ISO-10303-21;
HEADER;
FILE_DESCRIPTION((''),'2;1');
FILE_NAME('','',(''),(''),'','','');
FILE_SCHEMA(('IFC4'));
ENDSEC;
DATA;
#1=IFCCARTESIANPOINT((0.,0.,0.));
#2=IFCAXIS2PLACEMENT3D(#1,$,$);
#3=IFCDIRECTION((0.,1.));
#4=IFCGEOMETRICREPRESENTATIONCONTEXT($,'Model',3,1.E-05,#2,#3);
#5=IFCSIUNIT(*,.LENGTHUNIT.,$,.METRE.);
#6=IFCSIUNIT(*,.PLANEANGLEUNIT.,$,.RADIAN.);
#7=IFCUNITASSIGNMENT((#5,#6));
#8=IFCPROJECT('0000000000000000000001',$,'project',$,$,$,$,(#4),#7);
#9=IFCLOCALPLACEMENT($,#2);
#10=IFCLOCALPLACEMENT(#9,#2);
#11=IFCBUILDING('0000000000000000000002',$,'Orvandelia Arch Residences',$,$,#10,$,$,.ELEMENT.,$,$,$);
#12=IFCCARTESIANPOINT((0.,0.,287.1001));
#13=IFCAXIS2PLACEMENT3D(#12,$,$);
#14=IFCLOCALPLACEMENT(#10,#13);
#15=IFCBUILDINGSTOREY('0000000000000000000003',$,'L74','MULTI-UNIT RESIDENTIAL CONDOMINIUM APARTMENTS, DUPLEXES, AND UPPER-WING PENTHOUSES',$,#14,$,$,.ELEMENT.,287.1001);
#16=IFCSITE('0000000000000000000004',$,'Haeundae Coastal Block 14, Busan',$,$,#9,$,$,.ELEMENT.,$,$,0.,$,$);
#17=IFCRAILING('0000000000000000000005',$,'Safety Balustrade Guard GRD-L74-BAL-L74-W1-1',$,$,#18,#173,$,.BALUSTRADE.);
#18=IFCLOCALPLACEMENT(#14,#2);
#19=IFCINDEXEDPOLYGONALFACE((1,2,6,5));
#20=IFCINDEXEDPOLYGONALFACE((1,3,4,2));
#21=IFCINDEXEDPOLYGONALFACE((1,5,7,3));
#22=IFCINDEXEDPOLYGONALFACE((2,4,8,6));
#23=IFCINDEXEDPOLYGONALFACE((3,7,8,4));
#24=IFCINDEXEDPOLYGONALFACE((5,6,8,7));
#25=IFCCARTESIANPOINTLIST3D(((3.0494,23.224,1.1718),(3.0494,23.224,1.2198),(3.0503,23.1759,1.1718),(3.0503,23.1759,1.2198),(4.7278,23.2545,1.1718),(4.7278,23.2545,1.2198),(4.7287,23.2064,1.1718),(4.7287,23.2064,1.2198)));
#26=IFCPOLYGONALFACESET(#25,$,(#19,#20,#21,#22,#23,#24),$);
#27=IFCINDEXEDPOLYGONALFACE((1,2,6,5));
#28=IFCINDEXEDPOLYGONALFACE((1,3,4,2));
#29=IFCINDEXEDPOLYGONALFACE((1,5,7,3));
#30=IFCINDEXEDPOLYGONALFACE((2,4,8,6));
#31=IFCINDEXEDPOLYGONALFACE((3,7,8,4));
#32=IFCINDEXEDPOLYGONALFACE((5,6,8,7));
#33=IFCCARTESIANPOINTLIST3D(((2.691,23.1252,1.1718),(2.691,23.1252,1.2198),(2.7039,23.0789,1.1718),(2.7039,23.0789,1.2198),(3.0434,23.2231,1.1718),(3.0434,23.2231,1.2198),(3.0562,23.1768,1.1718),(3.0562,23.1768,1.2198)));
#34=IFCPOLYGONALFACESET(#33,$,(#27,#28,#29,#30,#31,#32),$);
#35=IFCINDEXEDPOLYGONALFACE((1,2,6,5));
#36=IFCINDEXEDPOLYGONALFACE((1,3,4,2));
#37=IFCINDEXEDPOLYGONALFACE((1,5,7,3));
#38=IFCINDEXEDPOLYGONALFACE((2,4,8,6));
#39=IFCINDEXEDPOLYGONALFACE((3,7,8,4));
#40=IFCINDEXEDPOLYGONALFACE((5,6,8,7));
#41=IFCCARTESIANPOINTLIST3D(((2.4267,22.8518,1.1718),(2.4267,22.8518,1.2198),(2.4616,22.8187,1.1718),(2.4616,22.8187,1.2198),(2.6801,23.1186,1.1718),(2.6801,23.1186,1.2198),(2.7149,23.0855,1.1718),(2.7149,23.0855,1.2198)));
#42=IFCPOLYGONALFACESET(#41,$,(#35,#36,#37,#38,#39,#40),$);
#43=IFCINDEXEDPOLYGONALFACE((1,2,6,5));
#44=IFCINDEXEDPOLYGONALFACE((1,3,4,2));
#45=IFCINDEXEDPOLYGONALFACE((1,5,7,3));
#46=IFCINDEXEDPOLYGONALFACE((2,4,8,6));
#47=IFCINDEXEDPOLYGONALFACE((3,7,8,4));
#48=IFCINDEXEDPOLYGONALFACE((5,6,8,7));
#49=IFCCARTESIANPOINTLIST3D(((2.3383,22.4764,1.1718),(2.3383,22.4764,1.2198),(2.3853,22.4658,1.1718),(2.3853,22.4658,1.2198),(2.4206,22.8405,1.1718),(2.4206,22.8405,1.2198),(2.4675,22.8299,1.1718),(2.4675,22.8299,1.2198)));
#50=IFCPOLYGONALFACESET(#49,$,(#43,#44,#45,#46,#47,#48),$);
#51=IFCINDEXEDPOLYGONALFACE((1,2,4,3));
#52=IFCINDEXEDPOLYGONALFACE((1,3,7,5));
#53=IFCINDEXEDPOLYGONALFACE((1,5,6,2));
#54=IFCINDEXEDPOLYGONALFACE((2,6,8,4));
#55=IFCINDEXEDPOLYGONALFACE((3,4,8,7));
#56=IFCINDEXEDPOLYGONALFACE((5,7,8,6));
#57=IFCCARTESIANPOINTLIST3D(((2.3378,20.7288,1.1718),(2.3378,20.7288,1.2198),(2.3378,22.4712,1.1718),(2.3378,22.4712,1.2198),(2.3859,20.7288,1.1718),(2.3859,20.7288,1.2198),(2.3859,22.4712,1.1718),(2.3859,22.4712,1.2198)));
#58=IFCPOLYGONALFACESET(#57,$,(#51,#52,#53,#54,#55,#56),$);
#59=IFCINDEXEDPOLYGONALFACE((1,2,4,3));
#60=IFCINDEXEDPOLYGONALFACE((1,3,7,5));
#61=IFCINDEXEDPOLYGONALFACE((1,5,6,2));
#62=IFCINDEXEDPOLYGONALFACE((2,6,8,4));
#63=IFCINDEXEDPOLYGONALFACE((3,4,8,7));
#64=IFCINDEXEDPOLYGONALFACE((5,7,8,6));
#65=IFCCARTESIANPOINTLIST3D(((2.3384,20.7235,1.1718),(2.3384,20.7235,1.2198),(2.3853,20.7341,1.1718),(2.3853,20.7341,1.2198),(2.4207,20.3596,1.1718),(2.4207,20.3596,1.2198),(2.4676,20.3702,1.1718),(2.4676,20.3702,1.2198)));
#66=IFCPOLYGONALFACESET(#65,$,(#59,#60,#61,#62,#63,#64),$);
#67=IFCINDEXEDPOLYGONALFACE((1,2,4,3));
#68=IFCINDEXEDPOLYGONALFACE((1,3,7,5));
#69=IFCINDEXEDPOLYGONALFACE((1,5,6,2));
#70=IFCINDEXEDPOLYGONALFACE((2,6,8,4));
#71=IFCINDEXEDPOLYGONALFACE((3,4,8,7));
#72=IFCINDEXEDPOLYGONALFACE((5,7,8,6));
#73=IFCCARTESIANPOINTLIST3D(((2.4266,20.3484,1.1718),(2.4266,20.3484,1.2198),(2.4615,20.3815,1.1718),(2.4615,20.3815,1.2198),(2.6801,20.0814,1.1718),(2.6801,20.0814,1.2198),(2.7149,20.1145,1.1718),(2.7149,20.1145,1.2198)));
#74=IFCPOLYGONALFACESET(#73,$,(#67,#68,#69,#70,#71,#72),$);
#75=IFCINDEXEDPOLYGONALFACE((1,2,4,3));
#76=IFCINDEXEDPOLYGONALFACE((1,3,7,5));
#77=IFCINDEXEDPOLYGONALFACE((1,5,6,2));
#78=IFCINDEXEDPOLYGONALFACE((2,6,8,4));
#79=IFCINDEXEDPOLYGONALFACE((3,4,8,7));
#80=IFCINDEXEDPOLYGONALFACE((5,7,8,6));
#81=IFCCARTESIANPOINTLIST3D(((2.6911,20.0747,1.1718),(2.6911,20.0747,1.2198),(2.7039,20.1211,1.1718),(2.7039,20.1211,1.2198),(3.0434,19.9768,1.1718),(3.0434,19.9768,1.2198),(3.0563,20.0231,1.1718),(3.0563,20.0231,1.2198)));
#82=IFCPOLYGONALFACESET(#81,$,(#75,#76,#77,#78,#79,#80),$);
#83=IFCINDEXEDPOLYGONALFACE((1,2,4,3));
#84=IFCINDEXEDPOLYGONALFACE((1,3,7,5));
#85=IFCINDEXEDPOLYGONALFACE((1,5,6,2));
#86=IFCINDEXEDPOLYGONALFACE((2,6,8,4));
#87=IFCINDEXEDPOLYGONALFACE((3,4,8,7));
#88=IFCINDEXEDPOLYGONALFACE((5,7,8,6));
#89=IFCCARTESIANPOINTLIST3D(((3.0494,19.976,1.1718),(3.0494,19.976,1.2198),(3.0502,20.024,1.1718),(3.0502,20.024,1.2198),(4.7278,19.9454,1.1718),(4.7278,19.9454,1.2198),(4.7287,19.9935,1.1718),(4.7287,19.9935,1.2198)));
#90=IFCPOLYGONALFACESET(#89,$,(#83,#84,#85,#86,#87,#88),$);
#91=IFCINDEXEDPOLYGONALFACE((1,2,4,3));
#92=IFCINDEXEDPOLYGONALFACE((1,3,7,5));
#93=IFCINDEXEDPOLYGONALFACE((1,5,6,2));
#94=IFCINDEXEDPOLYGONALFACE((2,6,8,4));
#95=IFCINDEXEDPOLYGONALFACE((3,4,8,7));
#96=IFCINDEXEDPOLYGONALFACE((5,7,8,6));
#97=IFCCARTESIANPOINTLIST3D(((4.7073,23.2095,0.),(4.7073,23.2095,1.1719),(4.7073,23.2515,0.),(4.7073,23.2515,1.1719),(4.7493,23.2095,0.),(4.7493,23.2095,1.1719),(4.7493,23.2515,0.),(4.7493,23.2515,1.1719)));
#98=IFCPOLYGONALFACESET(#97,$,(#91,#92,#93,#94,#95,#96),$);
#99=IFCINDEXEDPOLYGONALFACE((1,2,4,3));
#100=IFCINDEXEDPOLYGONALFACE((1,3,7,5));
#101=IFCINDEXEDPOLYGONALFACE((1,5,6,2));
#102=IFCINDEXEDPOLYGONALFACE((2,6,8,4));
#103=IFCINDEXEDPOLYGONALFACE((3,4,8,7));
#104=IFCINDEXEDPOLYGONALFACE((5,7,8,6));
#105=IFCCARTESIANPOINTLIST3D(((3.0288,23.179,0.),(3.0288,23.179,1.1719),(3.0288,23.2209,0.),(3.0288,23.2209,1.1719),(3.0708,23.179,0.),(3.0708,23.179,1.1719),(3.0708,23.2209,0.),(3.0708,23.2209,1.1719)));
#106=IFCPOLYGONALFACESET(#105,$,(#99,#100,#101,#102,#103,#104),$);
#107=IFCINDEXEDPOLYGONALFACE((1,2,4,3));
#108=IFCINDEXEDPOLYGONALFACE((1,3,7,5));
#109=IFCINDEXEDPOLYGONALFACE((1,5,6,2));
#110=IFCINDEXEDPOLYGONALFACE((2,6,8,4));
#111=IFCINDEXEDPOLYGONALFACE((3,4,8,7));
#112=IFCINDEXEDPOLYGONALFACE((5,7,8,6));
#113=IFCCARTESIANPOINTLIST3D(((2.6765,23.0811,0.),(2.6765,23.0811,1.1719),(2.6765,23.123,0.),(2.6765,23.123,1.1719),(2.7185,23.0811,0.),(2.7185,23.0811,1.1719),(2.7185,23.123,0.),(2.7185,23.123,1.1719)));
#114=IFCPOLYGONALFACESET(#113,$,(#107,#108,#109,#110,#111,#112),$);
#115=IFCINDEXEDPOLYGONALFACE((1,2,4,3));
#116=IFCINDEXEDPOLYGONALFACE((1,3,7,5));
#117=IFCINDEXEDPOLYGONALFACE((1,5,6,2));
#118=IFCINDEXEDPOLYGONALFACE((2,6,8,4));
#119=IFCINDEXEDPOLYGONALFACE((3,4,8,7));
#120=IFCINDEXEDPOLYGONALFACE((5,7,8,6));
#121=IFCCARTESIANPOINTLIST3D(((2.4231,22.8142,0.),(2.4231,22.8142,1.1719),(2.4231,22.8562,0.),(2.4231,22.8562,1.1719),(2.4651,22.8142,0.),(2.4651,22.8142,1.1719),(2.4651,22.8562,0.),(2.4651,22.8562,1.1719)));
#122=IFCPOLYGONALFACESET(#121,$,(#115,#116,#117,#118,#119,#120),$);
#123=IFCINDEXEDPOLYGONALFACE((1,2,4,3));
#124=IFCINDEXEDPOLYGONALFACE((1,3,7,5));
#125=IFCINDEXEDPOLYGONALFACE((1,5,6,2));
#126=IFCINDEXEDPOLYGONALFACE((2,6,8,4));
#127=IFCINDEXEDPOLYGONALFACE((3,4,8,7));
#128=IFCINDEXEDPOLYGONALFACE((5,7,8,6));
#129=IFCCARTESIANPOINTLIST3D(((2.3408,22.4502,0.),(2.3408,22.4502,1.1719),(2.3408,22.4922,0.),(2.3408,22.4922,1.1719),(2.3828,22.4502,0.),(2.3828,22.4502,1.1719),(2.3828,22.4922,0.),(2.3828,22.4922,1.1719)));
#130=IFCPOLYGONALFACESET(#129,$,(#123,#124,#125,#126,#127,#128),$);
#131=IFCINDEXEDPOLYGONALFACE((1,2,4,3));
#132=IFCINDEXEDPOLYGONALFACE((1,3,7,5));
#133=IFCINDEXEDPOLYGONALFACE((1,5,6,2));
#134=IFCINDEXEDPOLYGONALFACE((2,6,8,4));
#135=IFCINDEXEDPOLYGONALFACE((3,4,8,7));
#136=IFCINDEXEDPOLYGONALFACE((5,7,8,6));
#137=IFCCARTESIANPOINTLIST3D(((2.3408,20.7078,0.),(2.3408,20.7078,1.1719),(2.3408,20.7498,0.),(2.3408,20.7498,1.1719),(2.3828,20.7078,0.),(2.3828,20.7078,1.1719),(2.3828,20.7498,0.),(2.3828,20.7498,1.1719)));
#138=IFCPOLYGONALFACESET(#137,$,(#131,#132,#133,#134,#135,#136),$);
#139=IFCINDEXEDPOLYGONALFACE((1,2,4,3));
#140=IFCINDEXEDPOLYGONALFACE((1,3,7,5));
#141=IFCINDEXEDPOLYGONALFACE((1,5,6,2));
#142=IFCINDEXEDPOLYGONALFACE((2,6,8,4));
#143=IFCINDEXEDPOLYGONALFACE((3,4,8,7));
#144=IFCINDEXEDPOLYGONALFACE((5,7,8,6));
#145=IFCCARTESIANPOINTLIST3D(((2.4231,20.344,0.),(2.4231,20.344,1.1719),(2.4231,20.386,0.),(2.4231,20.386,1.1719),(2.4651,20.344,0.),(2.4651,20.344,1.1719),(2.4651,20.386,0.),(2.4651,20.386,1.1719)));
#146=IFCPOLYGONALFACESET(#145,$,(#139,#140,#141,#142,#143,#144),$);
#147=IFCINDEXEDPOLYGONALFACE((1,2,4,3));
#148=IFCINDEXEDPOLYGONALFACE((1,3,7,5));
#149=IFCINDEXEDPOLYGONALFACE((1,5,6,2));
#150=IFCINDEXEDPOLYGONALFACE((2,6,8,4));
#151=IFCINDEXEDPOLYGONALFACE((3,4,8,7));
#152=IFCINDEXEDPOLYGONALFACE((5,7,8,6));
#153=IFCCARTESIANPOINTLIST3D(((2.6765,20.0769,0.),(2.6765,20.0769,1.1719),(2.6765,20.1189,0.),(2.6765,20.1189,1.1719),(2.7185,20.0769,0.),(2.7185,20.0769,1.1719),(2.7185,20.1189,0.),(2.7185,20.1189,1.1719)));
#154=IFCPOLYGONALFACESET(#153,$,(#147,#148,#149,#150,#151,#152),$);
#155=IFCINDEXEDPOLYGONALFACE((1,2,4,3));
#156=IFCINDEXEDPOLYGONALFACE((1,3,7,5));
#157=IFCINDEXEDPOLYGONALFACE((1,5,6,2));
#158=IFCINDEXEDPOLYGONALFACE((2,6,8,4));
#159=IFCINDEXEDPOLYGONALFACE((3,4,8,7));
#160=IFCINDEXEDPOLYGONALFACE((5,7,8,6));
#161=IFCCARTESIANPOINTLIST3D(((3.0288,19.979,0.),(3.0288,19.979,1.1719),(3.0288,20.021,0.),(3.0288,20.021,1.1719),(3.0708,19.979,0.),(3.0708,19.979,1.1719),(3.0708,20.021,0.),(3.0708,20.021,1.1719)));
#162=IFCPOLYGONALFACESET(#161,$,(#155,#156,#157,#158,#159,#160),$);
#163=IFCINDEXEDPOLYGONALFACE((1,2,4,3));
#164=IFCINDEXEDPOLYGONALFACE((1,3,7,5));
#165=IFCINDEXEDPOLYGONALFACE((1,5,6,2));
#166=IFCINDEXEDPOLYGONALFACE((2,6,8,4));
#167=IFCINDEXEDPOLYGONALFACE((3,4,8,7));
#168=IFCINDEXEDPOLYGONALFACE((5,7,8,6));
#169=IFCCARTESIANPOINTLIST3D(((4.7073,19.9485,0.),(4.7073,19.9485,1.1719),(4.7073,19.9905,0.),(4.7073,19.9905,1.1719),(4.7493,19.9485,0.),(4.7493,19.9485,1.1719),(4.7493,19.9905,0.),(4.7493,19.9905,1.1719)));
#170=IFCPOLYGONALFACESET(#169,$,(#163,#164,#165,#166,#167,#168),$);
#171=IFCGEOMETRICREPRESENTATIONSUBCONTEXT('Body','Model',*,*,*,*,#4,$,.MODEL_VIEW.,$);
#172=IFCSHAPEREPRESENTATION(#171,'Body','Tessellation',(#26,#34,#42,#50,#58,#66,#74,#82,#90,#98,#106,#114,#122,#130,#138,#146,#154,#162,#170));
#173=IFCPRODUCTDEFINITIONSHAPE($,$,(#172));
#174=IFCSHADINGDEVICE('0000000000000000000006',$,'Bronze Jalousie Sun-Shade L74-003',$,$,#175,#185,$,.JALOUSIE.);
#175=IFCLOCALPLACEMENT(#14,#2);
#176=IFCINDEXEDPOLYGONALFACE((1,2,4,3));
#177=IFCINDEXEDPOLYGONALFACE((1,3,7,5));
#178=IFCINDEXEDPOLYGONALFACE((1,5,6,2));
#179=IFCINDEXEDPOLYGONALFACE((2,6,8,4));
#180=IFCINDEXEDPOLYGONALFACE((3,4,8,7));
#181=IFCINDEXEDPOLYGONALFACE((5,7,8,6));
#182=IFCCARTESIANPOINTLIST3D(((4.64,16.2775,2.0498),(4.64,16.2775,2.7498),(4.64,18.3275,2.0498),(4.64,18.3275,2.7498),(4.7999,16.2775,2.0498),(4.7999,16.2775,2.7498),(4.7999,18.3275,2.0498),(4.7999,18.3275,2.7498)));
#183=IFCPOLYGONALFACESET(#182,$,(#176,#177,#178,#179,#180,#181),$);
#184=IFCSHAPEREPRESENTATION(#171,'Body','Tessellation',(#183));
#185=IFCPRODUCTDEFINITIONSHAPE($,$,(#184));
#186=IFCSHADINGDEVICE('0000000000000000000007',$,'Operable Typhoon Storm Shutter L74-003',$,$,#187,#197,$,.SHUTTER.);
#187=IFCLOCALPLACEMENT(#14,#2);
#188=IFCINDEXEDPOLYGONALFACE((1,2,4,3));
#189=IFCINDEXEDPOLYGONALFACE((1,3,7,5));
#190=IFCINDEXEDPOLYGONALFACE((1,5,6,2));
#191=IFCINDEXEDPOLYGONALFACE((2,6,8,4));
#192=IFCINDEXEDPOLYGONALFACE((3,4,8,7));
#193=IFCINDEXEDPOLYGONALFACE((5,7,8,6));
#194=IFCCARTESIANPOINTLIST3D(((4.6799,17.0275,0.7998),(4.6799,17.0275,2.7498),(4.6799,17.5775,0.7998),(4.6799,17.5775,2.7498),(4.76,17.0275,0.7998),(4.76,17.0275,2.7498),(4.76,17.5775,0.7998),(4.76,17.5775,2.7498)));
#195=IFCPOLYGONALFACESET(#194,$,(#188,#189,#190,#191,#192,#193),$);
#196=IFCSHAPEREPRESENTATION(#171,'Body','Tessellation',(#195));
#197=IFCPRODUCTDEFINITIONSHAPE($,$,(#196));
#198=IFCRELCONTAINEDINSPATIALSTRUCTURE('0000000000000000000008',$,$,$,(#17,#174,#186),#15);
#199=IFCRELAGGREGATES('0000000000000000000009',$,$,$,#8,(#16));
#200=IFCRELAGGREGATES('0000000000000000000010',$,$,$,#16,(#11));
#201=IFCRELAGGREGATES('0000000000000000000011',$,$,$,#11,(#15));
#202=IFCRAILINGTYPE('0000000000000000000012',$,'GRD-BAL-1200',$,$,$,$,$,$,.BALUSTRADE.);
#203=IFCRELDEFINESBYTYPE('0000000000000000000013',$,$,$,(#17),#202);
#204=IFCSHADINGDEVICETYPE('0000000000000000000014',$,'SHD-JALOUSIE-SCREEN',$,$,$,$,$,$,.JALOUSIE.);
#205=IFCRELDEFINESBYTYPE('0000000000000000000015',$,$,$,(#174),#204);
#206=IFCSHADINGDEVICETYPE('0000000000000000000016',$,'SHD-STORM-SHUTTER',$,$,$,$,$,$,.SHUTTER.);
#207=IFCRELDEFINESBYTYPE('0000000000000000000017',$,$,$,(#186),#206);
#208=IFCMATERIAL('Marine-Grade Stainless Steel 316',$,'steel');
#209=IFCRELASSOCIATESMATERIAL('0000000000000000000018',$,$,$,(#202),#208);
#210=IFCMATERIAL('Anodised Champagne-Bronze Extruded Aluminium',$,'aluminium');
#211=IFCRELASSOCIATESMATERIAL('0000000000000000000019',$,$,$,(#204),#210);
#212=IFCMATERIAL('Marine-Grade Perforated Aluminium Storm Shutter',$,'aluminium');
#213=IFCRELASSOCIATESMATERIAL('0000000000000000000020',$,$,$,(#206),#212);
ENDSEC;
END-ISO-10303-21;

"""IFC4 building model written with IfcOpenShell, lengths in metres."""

from ifc_helpers import new_model, si_unit, direction, frame, origin, origin_2d, place, context, subcontext, project, spatial, rectangle, extrude, material, type_object, element, save


model = new_model("IFC4")

# Units and contexts
model_context = context("Model", 3, precision=1e-05, world=origin(), true_north=direction((0.0, 1.0)))
body_context = subcontext(model_context, "Body", "Model", "MODEL_VIEW")
ifc_project = project(units=[si_unit("LENGTHUNIT", "METRE"), si_unit("PLANEANGLEUNIT", "RADIAN")], contexts=[model_context])

# Site, building, storey
site_placement = place(None, origin())
site = spatial("IfcSite", under=ifc_project, at=site_placement, Name="Haeundae Coastal Block 14, Busan", CompositionType="ELEMENT", RefElevation=0.0)
building_placement = place(site_placement, origin())
building = spatial("IfcBuilding", under=site, at=building_placement, Name="Orvandelia Arch Residences", CompositionType="ELEMENT")
storey_placement = place(building_placement, frame((0.0, 0.0, 287.1001)))
storey = spatial("IfcBuildingStorey", under=building, at=storey_placement, Name="L74", Description="MULTI-UNIT RESIDENTIAL CONDOMINIUM APARTMENTS, DUPLEXES, AND UPPER-WING PENTHOUSES", CompositionType="ELEMENT", Elevation=287.1001)

# Railing
ifc_material_1 = material(Name="Marine-Grade Stainless Steel 316", Category="steel")
railing_type = type_object("IfcRailingType", Name="GRD-BAL-1200", PredefinedType="BALUSTRADE", material=ifc_material_1)
railing_placement = place(storey_placement, frame((4.7283, 23.2305, 0.0)))
element("IfcRailing", 1, at=railing_placement, inside=storey, type_object=railing_type, Name="Safety Balustrade Guard GRD-L74-BAL-L74-W1-1", PredefinedType="BALUSTRADE", context=body_context, shape_type="SweptSolid", body=[
    extrude(rectangle(XDim=0.0481, YDim=0.0481, at=origin_2d()), frame((0.0, 0.0, 1.1958), z_axis=(-0.999835, -0.018179, 0.0), x_axis=(0.018179, -0.999835, 0.0)), (0.0, 0.0, 1.0), 1.6787),
    extrude(rectangle(XDim=0.0481, YDim=0.0481, at=origin_2d()), frame((-1.6785, -0.0305, 1.1958), z_axis=(-0.963489, -0.267747, 0.0), x_axis=(0.267747, -0.963489, 0.0)), (0.0, 0.0, 1.0), 0.3657),
    extrude(rectangle(XDim=0.0481, YDim=0.0481, at=origin_2d()), frame((-2.0308, -0.1284, 1.1958), z_axis=(-0.688627, -0.725115, 0.0), x_axis=(0.725115, -0.688627, 0.0)), (0.0, 0.0, 1.0), 0.3679),
    extrude(rectangle(XDim=0.0481, YDim=0.0481, at=origin_2d()), frame((-2.2842, -0.3953, 1.1958), z_axis=(-0.220462, -0.975396, 0.0), x_axis=(0.975396, -0.220462, 0.0)), (0.0, 0.0, 1.0), 0.3733),
    extrude(rectangle(XDim=0.0481, YDim=0.0481, at=origin_2d()), frame((-2.3665, -0.7593, 1.1958), z_axis=(0.0, -1.0, 0.0), x_axis=(1.0, 0.0, 0.0)), (0.0, 0.0, 1.0), 1.7424),
    extrude(rectangle(XDim=0.0481, YDim=0.0481, at=origin_2d()), frame((-2.3665, -2.5017, 1.1958), z_axis=(0.220602, -0.975364, 0.0), x_axis=(0.975364, 0.220602, 0.0)), (0.0, 0.0, 1.0), 0.373),
    extrude(rectangle(XDim=0.0481, YDim=0.0481, at=origin_2d()), frame((-2.2842, -2.8655, 1.1958), z_axis=(0.688296, -0.72543, 0.0), x_axis=(0.72543, 0.688296, 0.0)), (0.0, 0.0, 1.0), 0.3682),
    extrude(rectangle(XDim=0.0481, YDim=0.0481, at=origin_2d()), frame((-2.0308, -3.1326, 1.1958), z_axis=(0.963489, -0.267747, 0.0), x_axis=(0.267747, 0.963489, 0.0)), (0.0, 0.0, 1.0), 0.3657),
    extrude(rectangle(XDim=0.0481, YDim=0.0481, at=origin_2d()), frame((-1.6785, -3.2305, 1.1958), z_axis=(0.999835, -0.018179, 0.0), x_axis=(0.018179, 0.999835, 0.0)), (0.0, 0.0, 1.0), 1.6787),
    extrude(rectangle(XDim=0.042, YDim=0.042, at=origin_2d()), origin(), (0.0, 0.0, 1.0), 1.1719),
    extrude(rectangle(XDim=0.042, YDim=0.042, at=origin_2d()), frame((-1.6785, -0.0305, 0.0)), (0.0, 0.0, 1.0), 1.1719),
    extrude(rectangle(XDim=0.042, YDim=0.042, at=origin_2d()), frame((-2.0308, -0.1284, 0.0)), (0.0, 0.0, 1.0), 1.1719),
    extrude(rectangle(XDim=0.042, YDim=0.042, at=origin_2d()), frame((-2.2842, -0.3953, 0.0)), (0.0, 0.0, 1.0), 1.1719),
    extrude(rectangle(XDim=0.042, YDim=0.042, at=origin_2d()), frame((-2.3665, -0.7593, 0.0)), (0.0, 0.0, 1.0), 1.1719),
    extrude(rectangle(XDim=0.042, YDim=0.042, at=origin_2d()), frame((-2.3665, -2.5017, 0.0)), (0.0, 0.0, 1.0), 1.1719),
    extrude(rectangle(XDim=0.042, YDim=0.042, at=origin_2d()), frame((-2.2842, -2.8655, 0.0)), (0.0, 0.0, 1.0), 1.1719),
    extrude(rectangle(XDim=0.042, YDim=0.042, at=origin_2d()), frame((-2.0308, -3.1326, 0.0)), (0.0, 0.0, 1.0), 1.1719),
    extrude(rectangle(XDim=0.042, YDim=0.042, at=origin_2d()), frame((-1.6785, -3.2305, 0.0)), (0.0, 0.0, 1.0), 1.1719),
    extrude(rectangle(XDim=0.042, YDim=0.042, at=origin_2d()), frame((0.0, -3.261, 0.0)), (0.0, 0.0, 1.0), 1.1719),
])

# Shading devices
ifc_material_2 = material(Name="Anodised Champagne-Bronze Extruded Aluminium", Category="aluminium")
shading_device_type_1 = type_object("IfcShadingDeviceType", Name="SHD-JALOUSIE-SCREEN", PredefinedType="JALOUSIE", material=ifc_material_2)
shading_device_1_placement = place(storey_placement, frame((4.72, 17.3025, 2.0498), z_axis=(0.0, 0.0, 1.0), x_axis=(0.0, 1.0, 0.0)))
element("IfcShadingDevice", 2, at=shading_device_1_placement, inside=storey, type_object=shading_device_type_1, Name="Bronze Jalousie Sun-Shade L74-003", PredefinedType="JALOUSIE", context=body_context, shape_type="SweptSolid", body=[
    extrude(rectangle(XDim=2.05, YDim=0.1599, at=origin_2d()), origin(), (0.0, 0.0, 1.0), 0.7),
])
ifc_material_3 = material(Name="Marine-Grade Perforated Aluminium Storm Shutter", Category="aluminium")
shading_device_type_2 = type_object("IfcShadingDeviceType", Name="SHD-STORM-SHUTTER", PredefinedType="SHUTTER", material=ifc_material_3)
shading_device_2_placement = place(storey_placement, frame((4.72, 17.3025, 0.7998), z_axis=(0.0, 0.0, 1.0), x_axis=(0.0, 1.0, 0.0)))
element("IfcShadingDevice", 3, at=shading_device_2_placement, inside=storey, type_object=shading_device_type_2, Name="Operable Typhoon Storm Shutter L74-003", PredefinedType="SHUTTER", context=body_context, shape_type="SweptSolid", body=[
    extrude(rectangle(XDim=0.55, YDim=0.0801, at=origin_2d()), origin(), (0.0, 0.0, 1.0), 1.95),
])

save(model, "model.ifc")
